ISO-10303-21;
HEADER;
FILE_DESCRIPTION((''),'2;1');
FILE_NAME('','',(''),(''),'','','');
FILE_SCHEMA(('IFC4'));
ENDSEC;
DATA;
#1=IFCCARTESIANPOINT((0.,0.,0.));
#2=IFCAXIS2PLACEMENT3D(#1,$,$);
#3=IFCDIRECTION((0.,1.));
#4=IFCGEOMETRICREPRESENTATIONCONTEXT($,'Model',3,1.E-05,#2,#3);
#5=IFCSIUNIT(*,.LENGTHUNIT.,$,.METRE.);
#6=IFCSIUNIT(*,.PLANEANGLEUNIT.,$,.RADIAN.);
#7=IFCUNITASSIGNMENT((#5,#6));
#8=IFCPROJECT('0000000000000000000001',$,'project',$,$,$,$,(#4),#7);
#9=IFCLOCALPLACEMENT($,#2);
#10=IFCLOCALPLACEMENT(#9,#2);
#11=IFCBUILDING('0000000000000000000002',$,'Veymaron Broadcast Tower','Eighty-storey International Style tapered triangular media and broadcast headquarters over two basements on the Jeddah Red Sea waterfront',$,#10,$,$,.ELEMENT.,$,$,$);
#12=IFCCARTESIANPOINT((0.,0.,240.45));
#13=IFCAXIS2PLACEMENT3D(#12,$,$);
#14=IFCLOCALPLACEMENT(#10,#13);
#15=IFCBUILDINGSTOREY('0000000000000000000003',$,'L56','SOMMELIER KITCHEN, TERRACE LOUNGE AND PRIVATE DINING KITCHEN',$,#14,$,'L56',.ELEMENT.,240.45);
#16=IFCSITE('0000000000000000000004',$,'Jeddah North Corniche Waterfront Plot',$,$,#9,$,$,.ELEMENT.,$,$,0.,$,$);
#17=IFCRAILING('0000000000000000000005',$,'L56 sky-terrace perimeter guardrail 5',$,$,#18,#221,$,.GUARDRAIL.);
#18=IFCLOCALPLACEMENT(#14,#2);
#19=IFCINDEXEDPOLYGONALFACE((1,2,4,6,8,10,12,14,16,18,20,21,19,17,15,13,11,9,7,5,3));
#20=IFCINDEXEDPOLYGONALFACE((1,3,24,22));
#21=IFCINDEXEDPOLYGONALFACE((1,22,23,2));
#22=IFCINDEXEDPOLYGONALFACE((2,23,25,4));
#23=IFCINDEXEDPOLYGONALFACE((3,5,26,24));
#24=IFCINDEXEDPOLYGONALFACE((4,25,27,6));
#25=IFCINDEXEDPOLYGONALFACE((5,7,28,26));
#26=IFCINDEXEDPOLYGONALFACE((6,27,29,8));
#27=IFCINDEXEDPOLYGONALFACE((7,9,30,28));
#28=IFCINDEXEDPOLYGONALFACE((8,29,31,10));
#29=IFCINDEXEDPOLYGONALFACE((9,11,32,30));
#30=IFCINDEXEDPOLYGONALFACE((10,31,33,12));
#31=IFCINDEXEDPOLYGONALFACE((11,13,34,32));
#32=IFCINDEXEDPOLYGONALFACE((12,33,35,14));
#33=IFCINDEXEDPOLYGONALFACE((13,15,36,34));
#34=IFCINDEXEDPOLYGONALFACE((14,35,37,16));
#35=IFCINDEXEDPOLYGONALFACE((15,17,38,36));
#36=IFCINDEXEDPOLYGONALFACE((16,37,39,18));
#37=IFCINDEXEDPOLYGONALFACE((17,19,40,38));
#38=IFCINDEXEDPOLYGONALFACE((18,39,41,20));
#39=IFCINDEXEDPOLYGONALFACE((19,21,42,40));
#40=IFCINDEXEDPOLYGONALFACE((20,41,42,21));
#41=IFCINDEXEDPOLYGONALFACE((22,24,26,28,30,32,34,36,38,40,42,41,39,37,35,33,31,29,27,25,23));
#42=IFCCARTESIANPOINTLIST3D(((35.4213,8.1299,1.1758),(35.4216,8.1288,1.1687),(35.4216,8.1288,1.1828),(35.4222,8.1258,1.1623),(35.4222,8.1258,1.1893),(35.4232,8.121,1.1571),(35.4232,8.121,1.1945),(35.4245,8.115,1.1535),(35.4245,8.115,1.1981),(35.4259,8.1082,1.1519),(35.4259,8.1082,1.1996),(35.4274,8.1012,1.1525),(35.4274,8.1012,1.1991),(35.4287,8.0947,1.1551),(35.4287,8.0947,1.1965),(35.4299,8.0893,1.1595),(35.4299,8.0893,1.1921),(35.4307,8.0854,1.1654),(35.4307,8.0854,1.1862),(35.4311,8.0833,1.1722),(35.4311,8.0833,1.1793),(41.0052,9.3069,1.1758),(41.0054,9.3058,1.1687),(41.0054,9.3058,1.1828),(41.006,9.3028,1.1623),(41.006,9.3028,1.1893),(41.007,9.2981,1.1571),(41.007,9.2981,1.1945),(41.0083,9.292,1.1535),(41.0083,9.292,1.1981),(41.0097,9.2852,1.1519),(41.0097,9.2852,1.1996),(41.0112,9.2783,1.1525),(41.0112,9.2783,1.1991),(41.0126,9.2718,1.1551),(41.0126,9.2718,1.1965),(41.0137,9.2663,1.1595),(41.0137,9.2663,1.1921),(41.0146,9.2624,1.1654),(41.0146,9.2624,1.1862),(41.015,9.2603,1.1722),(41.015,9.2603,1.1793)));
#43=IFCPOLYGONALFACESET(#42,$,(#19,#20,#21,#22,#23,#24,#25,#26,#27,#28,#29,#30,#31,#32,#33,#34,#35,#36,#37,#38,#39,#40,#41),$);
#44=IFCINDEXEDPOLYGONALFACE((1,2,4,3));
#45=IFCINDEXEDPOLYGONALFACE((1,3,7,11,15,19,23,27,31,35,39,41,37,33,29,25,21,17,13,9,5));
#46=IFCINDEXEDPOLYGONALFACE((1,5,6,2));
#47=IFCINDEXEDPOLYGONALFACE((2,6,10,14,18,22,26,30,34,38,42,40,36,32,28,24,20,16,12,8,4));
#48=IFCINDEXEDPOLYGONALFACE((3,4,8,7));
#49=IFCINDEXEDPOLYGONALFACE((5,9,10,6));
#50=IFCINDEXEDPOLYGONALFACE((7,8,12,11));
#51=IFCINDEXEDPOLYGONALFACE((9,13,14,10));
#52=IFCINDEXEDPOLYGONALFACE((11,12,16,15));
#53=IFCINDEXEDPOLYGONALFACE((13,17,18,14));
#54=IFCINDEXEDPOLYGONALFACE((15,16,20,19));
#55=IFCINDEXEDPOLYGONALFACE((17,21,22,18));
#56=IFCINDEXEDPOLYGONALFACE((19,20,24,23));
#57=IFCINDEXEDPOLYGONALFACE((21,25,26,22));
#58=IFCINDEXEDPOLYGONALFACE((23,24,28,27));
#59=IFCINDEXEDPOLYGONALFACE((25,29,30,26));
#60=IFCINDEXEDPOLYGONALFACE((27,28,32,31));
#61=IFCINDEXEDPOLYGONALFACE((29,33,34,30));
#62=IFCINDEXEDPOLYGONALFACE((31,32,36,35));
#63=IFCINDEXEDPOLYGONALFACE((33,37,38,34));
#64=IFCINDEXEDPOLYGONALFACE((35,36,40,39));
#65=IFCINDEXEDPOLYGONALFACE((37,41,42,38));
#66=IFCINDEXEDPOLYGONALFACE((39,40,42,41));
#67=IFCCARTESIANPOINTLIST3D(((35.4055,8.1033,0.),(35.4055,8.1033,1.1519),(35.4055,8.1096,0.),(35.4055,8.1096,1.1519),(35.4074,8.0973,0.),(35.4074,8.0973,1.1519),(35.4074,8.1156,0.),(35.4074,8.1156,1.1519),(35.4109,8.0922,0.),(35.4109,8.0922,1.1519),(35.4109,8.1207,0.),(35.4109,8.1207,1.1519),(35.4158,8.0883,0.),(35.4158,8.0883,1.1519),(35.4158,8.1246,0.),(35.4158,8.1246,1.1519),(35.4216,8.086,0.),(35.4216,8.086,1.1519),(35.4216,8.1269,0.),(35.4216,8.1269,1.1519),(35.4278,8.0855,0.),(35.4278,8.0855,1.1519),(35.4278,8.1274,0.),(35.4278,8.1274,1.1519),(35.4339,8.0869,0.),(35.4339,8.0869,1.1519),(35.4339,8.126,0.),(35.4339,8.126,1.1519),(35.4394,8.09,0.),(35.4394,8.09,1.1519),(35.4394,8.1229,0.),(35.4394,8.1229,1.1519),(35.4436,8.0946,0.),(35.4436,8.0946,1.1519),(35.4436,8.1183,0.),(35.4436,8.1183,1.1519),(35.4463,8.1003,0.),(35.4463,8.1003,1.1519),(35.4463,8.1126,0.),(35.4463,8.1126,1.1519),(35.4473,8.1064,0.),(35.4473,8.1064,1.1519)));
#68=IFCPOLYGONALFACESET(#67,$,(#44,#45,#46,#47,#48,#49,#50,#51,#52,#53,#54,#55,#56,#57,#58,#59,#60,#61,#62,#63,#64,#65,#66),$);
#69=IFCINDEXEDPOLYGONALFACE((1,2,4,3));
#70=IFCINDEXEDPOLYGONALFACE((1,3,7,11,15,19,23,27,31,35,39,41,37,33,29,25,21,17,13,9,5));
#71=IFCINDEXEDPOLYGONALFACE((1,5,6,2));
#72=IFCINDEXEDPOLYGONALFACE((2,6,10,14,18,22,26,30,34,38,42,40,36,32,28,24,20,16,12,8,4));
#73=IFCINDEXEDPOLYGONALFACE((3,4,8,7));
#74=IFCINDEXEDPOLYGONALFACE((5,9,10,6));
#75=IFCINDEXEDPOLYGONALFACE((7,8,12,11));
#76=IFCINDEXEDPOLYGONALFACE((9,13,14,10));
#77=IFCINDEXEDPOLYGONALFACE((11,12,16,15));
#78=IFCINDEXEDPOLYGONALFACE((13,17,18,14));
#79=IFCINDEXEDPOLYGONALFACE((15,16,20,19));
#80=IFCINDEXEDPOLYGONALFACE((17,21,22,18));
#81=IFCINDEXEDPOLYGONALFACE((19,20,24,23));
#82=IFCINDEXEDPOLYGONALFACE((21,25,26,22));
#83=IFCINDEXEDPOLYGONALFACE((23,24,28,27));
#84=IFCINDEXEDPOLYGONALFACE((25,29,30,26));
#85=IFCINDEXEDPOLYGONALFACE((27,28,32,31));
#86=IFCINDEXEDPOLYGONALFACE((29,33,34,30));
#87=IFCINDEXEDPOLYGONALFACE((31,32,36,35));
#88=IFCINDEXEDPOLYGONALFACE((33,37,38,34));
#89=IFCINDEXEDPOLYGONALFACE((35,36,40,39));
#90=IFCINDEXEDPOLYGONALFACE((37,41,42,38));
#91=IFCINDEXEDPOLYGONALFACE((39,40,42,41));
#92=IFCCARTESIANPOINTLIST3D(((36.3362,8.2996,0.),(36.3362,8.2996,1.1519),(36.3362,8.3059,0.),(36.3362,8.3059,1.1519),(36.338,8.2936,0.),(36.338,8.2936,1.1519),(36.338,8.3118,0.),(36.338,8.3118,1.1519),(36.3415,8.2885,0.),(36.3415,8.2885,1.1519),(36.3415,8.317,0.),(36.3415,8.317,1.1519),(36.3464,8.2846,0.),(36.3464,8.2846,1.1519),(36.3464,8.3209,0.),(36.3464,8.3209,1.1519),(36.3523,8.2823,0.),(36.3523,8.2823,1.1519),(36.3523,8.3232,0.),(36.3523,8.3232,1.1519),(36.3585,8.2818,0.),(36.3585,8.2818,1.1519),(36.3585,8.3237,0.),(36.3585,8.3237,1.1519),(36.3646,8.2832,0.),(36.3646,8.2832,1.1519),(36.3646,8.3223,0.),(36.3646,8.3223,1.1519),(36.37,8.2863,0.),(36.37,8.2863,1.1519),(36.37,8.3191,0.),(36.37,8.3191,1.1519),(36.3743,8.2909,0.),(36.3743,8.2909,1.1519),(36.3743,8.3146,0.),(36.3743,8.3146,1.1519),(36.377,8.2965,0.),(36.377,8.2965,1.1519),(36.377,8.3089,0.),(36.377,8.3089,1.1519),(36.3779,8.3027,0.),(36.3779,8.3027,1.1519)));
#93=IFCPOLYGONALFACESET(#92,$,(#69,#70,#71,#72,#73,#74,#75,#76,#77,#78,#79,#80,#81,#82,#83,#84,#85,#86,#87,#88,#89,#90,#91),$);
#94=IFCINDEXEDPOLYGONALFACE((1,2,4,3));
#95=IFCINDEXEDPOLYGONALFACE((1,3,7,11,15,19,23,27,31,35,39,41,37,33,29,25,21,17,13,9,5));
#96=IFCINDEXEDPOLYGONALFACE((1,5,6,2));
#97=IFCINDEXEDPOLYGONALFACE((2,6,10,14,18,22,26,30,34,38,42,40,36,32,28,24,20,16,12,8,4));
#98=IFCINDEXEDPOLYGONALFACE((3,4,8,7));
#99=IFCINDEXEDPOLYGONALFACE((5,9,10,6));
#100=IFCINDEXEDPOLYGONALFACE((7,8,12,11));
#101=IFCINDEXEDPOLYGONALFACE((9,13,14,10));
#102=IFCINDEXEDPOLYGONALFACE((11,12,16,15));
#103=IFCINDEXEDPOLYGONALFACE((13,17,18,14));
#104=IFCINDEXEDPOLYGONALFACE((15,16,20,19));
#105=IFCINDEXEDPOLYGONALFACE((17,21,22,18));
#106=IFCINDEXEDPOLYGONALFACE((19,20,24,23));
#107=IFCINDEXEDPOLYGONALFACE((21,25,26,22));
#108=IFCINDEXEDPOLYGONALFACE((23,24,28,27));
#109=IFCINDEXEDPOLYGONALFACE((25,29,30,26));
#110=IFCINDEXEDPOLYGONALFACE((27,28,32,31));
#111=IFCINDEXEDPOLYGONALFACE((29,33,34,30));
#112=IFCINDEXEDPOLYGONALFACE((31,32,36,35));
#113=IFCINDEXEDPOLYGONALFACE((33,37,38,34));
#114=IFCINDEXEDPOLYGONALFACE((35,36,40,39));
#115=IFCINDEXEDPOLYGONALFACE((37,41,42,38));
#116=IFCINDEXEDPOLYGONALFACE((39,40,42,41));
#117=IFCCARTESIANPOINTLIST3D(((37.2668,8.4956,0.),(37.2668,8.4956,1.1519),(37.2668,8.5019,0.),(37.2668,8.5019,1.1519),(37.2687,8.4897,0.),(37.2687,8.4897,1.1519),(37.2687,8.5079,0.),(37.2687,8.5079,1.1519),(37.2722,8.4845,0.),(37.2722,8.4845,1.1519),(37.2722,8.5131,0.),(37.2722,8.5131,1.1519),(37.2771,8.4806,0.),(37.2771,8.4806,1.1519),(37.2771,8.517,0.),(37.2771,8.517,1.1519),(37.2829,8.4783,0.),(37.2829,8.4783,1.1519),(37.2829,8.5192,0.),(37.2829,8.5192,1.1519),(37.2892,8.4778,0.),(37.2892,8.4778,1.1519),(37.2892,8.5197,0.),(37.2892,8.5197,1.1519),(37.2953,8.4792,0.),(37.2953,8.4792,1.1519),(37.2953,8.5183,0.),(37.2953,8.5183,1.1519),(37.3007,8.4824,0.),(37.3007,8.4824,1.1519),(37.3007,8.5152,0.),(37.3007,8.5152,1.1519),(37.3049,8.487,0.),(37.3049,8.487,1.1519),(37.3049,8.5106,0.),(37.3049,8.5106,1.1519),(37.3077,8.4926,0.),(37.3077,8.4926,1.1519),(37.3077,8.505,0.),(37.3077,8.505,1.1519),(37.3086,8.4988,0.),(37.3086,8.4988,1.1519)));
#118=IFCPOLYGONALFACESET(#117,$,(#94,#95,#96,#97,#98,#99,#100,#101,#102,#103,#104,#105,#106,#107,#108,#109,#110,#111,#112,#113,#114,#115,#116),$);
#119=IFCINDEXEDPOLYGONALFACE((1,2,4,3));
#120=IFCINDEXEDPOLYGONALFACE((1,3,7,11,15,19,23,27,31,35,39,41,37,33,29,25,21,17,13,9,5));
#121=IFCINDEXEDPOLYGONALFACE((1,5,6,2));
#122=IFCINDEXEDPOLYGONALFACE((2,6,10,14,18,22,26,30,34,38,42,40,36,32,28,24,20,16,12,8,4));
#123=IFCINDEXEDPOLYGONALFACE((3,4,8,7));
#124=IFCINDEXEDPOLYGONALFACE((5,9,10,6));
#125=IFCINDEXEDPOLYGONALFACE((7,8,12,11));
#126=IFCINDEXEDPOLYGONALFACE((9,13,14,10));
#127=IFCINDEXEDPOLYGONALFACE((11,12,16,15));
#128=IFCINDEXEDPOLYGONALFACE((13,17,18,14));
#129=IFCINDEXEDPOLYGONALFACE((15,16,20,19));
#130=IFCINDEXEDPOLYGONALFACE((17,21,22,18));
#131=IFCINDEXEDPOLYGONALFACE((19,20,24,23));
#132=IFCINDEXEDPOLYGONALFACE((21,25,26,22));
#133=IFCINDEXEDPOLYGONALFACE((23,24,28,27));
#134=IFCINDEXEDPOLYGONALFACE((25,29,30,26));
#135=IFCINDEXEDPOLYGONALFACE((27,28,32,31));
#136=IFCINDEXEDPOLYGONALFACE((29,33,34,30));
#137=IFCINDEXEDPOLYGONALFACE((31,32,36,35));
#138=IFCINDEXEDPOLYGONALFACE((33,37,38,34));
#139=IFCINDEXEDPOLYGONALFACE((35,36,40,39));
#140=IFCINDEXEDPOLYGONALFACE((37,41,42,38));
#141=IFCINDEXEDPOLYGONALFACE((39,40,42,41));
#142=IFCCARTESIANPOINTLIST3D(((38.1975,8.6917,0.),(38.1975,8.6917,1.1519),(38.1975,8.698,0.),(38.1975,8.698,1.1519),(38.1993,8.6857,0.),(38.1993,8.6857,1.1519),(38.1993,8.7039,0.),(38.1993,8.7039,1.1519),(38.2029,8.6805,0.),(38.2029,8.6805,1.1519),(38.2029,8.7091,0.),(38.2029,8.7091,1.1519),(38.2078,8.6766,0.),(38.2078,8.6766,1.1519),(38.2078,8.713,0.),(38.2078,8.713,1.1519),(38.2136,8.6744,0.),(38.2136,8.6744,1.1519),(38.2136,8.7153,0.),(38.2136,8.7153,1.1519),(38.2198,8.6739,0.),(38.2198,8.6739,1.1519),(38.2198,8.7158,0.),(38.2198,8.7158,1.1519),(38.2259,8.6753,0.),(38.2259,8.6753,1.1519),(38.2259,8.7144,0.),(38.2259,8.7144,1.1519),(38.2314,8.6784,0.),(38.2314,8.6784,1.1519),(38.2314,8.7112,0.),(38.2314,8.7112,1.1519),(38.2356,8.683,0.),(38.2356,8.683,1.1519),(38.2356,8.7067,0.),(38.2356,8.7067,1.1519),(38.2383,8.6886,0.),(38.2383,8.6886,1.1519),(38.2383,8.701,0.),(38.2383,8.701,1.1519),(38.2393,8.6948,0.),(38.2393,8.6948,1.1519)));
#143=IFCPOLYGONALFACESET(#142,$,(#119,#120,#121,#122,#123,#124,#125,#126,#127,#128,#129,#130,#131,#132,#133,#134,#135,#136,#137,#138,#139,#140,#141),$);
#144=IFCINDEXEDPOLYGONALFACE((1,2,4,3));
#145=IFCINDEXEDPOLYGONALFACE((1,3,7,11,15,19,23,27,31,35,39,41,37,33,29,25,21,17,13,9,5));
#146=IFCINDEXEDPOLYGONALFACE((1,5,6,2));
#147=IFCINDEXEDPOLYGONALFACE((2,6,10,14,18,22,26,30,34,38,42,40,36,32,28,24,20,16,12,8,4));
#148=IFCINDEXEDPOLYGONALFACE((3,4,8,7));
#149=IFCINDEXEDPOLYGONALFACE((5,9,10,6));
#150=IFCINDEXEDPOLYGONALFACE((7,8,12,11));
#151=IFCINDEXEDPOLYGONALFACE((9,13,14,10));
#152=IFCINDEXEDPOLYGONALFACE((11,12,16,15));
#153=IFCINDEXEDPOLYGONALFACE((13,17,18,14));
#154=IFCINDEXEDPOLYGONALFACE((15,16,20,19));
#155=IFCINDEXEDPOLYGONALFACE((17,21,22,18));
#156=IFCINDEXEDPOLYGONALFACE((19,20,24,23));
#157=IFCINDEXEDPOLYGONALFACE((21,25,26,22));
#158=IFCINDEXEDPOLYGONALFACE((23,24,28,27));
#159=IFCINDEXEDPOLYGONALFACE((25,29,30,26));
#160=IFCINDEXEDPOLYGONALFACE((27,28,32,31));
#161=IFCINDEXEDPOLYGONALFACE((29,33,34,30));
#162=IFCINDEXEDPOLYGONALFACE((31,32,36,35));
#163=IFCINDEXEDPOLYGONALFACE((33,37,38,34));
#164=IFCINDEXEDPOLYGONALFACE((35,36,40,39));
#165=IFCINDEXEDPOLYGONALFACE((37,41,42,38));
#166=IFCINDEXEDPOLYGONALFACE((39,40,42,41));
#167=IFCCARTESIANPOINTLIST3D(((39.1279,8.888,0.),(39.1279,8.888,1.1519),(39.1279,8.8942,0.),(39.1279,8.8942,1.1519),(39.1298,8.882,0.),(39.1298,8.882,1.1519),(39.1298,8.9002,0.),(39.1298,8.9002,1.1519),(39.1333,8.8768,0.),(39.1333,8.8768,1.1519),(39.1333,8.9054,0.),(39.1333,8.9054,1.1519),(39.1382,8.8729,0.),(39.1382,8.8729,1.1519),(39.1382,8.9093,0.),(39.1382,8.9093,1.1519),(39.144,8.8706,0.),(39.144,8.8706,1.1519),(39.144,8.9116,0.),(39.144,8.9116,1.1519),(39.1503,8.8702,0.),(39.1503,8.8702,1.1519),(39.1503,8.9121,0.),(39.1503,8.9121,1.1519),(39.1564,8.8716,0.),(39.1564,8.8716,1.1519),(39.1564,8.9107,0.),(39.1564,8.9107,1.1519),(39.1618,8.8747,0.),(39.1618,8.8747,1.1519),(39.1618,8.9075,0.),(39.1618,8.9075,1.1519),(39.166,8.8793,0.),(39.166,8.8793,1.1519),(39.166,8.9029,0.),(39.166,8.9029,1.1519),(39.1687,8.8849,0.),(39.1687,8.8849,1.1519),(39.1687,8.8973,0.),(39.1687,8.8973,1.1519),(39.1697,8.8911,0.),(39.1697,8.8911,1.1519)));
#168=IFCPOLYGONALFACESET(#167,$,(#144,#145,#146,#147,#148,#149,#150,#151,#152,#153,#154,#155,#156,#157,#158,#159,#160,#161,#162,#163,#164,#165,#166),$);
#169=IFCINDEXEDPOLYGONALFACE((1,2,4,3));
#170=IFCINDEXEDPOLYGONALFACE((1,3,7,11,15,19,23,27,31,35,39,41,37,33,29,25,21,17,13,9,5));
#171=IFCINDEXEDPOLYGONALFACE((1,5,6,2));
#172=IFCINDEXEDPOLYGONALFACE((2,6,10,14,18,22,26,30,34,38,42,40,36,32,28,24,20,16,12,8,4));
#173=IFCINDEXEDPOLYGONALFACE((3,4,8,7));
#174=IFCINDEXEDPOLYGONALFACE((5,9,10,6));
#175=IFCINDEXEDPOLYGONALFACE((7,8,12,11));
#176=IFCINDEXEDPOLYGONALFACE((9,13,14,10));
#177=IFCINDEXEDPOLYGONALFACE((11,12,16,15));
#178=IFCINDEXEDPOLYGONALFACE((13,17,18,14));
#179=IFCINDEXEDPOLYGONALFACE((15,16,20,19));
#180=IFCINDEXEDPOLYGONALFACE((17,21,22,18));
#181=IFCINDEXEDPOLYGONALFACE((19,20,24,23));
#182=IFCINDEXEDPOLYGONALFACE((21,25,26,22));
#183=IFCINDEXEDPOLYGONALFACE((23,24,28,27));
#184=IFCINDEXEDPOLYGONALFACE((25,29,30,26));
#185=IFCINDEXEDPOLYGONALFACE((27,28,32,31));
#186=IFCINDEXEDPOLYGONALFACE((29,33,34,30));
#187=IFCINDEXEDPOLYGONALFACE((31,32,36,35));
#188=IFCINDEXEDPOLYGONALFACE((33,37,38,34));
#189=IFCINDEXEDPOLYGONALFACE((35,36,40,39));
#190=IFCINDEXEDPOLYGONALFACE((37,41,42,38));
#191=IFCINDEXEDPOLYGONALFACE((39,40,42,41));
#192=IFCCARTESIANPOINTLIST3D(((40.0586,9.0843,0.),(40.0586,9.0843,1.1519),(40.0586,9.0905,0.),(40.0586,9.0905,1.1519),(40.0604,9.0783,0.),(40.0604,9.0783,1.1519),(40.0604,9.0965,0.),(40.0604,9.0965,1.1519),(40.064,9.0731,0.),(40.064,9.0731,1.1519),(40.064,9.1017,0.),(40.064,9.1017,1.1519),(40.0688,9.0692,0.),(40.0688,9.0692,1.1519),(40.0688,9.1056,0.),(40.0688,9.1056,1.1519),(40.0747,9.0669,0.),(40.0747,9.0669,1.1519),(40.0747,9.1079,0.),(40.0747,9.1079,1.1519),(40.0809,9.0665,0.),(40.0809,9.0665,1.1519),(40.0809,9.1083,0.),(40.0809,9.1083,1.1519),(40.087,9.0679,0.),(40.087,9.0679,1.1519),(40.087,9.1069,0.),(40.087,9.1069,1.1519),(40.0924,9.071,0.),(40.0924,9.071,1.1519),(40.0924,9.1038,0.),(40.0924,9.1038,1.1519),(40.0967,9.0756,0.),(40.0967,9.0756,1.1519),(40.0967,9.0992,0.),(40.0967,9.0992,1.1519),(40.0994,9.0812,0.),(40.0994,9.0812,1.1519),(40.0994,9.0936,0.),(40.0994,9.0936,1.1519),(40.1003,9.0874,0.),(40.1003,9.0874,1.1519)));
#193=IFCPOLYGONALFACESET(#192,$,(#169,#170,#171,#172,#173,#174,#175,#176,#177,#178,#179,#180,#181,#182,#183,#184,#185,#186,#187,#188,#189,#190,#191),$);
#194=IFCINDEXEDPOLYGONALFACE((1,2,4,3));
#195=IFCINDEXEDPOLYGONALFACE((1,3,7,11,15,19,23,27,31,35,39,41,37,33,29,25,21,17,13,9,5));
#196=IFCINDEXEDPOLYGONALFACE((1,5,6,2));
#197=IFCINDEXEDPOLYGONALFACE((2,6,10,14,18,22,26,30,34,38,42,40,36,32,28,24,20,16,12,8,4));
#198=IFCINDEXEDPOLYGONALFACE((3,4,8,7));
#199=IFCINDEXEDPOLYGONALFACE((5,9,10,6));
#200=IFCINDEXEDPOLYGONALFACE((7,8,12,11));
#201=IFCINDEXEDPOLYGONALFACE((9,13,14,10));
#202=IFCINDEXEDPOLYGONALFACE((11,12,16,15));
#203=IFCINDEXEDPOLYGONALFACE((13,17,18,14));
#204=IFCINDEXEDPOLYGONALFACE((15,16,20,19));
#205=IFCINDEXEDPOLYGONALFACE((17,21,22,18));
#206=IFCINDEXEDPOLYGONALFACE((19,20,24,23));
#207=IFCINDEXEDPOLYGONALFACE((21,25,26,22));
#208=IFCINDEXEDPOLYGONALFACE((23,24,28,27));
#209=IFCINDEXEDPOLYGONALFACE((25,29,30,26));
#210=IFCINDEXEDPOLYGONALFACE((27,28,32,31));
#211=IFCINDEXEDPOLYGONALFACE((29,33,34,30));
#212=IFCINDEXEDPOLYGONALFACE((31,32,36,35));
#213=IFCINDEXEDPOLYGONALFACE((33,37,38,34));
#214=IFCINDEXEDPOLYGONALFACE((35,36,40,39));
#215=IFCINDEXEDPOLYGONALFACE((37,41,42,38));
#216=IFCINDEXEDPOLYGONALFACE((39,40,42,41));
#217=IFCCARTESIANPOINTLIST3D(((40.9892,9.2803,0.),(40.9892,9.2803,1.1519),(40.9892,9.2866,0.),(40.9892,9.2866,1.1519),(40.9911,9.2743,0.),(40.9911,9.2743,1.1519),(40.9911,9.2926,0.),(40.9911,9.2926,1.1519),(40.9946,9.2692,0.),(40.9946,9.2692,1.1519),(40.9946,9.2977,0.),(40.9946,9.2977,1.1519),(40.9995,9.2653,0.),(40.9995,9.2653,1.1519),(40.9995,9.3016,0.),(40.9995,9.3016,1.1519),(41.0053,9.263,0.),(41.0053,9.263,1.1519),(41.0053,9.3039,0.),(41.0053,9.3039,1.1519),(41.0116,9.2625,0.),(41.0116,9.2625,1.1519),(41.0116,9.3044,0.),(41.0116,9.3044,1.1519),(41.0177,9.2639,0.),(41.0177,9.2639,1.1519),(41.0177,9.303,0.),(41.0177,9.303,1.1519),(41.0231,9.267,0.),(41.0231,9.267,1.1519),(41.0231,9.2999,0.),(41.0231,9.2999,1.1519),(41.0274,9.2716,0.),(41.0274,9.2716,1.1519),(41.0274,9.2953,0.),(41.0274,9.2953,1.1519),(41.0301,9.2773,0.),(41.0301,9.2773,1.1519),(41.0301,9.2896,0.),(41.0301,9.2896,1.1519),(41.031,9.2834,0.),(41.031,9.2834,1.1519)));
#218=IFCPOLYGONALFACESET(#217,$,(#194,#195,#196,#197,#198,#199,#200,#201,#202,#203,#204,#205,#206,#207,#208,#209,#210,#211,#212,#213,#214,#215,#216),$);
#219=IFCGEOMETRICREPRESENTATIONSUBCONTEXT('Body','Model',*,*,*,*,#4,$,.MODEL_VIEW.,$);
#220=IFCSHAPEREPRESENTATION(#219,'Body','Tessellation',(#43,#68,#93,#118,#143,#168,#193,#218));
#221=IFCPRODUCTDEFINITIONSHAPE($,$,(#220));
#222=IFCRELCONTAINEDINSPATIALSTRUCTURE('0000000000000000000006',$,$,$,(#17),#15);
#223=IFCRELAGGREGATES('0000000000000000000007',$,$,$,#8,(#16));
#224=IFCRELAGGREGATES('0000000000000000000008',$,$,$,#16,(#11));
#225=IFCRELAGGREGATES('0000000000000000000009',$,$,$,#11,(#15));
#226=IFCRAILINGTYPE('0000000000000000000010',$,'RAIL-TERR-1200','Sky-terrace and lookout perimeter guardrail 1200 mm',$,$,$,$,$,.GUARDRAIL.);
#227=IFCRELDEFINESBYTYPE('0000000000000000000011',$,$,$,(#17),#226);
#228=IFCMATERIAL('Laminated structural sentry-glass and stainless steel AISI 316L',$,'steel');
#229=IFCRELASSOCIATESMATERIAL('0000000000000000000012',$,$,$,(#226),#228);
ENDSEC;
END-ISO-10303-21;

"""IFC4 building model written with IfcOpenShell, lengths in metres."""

from ifc_helpers import new_model, si_unit, direction, frame, origin, origin_2d, place, context, subcontext, project, spatial, circle, extrude, material, type_object, element, save


model = new_model("IFC4")

# Units and contexts
model_context = context("Model", 3, precision=1e-05, world=origin(), true_north=direction((0.0, 1.0)))
body_context = subcontext(model_context, "Body", "Model", "MODEL_VIEW")
ifc_project = project(units=[si_unit("LENGTHUNIT", "METRE"), si_unit("PLANEANGLEUNIT", "RADIAN")], contexts=[model_context])

# Site, building, storey
site_placement = place(None, origin())
site = spatial("IfcSite", under=ifc_project, at=site_placement, Name="Jeddah North Corniche Waterfront Plot", CompositionType="ELEMENT", RefElevation=0.0)
building_placement = place(site_placement, origin())
building = spatial("IfcBuilding", under=site, at=building_placement, Name="Veymaron Broadcast Tower", Description="Eighty-storey International Style tapered triangular media and broadcast headquarters over two basements on the Jeddah Red Sea waterfront", CompositionType="ELEMENT")
storey_placement = place(building_placement, frame((0.0, 0.0, 240.45)))
storey = spatial("IfcBuildingStorey", under=building, at=storey_placement, Name="L56", Description="SOMMELIER KITCHEN, TERRACE LOUNGE AND PRIVATE DINING KITCHEN", LongName="L56", CompositionType="ELEMENT", Elevation=240.45)

# Railing
ifc_material_1 = material(Name="Laminated structural sentry-glass and stainless steel AISI 316L", Category="steel")
railing_type = type_object("IfcRailingType", Name="RAIL-TERR-1200", Description="Sky-terrace and lookout perimeter guardrail 1200 mm", PredefinedType="GUARDRAIL", material=ifc_material_1)
railing_1_placement = place(storey_placement, frame((35.4263, 8.1064, 0.0)))
element("IfcRailing", 1, at=railing_1_placement, inside=storey, type_object=railing_type, Name="L56 sky-terrace perimeter guardrail 5", PredefinedType="GUARDRAIL", context=body_context, shape_type="SweptSolid", body=[
    extrude(circle(Radius=0.0239, at=origin_2d()), frame((0.0, 0.0, 1.1758), z_axis=(0.978498, 0.206258, 0.0), x_axis=(-0.206258, 0.978498, 0.0)), (0.0, 0.0, 1.0), 5.7065),
    extrude(circle(Radius=0.021, at=origin_2d()), origin(), (0.0, 0.0, 1.0), 1.1519),
    extrude(circle(Radius=0.021, at=origin_2d()), frame((0.9307, 0.1963, 0.0)), (0.0, 0.0, 1.0), 1.1519),
    extrude(circle(Radius=0.021, at=origin_2d()), frame((1.8613, 0.3923, 0.0)), (0.0, 0.0, 1.0), 1.1519),
    extrude(circle(Radius=0.021, at=origin_2d()), frame((2.792, 0.5884, 0.0)), (0.0, 0.0, 1.0), 1.1519),
    extrude(circle(Radius=0.021, at=origin_2d()), frame((3.7224, 0.7847, 0.0)), (0.0, 0.0, 1.0), 1.1519),
    extrude(circle(Radius=0.021, at=origin_2d()), frame((4.6531, 0.981, 0.0)), (0.0, 0.0, 1.0), 1.1519),
    extrude(circle(Radius=0.021, at=origin_2d()), frame((5.5837, 1.177, 0.0)), (0.0, 0.0, 1.0), 1.1519),
])

save(model, "model.ifc")
